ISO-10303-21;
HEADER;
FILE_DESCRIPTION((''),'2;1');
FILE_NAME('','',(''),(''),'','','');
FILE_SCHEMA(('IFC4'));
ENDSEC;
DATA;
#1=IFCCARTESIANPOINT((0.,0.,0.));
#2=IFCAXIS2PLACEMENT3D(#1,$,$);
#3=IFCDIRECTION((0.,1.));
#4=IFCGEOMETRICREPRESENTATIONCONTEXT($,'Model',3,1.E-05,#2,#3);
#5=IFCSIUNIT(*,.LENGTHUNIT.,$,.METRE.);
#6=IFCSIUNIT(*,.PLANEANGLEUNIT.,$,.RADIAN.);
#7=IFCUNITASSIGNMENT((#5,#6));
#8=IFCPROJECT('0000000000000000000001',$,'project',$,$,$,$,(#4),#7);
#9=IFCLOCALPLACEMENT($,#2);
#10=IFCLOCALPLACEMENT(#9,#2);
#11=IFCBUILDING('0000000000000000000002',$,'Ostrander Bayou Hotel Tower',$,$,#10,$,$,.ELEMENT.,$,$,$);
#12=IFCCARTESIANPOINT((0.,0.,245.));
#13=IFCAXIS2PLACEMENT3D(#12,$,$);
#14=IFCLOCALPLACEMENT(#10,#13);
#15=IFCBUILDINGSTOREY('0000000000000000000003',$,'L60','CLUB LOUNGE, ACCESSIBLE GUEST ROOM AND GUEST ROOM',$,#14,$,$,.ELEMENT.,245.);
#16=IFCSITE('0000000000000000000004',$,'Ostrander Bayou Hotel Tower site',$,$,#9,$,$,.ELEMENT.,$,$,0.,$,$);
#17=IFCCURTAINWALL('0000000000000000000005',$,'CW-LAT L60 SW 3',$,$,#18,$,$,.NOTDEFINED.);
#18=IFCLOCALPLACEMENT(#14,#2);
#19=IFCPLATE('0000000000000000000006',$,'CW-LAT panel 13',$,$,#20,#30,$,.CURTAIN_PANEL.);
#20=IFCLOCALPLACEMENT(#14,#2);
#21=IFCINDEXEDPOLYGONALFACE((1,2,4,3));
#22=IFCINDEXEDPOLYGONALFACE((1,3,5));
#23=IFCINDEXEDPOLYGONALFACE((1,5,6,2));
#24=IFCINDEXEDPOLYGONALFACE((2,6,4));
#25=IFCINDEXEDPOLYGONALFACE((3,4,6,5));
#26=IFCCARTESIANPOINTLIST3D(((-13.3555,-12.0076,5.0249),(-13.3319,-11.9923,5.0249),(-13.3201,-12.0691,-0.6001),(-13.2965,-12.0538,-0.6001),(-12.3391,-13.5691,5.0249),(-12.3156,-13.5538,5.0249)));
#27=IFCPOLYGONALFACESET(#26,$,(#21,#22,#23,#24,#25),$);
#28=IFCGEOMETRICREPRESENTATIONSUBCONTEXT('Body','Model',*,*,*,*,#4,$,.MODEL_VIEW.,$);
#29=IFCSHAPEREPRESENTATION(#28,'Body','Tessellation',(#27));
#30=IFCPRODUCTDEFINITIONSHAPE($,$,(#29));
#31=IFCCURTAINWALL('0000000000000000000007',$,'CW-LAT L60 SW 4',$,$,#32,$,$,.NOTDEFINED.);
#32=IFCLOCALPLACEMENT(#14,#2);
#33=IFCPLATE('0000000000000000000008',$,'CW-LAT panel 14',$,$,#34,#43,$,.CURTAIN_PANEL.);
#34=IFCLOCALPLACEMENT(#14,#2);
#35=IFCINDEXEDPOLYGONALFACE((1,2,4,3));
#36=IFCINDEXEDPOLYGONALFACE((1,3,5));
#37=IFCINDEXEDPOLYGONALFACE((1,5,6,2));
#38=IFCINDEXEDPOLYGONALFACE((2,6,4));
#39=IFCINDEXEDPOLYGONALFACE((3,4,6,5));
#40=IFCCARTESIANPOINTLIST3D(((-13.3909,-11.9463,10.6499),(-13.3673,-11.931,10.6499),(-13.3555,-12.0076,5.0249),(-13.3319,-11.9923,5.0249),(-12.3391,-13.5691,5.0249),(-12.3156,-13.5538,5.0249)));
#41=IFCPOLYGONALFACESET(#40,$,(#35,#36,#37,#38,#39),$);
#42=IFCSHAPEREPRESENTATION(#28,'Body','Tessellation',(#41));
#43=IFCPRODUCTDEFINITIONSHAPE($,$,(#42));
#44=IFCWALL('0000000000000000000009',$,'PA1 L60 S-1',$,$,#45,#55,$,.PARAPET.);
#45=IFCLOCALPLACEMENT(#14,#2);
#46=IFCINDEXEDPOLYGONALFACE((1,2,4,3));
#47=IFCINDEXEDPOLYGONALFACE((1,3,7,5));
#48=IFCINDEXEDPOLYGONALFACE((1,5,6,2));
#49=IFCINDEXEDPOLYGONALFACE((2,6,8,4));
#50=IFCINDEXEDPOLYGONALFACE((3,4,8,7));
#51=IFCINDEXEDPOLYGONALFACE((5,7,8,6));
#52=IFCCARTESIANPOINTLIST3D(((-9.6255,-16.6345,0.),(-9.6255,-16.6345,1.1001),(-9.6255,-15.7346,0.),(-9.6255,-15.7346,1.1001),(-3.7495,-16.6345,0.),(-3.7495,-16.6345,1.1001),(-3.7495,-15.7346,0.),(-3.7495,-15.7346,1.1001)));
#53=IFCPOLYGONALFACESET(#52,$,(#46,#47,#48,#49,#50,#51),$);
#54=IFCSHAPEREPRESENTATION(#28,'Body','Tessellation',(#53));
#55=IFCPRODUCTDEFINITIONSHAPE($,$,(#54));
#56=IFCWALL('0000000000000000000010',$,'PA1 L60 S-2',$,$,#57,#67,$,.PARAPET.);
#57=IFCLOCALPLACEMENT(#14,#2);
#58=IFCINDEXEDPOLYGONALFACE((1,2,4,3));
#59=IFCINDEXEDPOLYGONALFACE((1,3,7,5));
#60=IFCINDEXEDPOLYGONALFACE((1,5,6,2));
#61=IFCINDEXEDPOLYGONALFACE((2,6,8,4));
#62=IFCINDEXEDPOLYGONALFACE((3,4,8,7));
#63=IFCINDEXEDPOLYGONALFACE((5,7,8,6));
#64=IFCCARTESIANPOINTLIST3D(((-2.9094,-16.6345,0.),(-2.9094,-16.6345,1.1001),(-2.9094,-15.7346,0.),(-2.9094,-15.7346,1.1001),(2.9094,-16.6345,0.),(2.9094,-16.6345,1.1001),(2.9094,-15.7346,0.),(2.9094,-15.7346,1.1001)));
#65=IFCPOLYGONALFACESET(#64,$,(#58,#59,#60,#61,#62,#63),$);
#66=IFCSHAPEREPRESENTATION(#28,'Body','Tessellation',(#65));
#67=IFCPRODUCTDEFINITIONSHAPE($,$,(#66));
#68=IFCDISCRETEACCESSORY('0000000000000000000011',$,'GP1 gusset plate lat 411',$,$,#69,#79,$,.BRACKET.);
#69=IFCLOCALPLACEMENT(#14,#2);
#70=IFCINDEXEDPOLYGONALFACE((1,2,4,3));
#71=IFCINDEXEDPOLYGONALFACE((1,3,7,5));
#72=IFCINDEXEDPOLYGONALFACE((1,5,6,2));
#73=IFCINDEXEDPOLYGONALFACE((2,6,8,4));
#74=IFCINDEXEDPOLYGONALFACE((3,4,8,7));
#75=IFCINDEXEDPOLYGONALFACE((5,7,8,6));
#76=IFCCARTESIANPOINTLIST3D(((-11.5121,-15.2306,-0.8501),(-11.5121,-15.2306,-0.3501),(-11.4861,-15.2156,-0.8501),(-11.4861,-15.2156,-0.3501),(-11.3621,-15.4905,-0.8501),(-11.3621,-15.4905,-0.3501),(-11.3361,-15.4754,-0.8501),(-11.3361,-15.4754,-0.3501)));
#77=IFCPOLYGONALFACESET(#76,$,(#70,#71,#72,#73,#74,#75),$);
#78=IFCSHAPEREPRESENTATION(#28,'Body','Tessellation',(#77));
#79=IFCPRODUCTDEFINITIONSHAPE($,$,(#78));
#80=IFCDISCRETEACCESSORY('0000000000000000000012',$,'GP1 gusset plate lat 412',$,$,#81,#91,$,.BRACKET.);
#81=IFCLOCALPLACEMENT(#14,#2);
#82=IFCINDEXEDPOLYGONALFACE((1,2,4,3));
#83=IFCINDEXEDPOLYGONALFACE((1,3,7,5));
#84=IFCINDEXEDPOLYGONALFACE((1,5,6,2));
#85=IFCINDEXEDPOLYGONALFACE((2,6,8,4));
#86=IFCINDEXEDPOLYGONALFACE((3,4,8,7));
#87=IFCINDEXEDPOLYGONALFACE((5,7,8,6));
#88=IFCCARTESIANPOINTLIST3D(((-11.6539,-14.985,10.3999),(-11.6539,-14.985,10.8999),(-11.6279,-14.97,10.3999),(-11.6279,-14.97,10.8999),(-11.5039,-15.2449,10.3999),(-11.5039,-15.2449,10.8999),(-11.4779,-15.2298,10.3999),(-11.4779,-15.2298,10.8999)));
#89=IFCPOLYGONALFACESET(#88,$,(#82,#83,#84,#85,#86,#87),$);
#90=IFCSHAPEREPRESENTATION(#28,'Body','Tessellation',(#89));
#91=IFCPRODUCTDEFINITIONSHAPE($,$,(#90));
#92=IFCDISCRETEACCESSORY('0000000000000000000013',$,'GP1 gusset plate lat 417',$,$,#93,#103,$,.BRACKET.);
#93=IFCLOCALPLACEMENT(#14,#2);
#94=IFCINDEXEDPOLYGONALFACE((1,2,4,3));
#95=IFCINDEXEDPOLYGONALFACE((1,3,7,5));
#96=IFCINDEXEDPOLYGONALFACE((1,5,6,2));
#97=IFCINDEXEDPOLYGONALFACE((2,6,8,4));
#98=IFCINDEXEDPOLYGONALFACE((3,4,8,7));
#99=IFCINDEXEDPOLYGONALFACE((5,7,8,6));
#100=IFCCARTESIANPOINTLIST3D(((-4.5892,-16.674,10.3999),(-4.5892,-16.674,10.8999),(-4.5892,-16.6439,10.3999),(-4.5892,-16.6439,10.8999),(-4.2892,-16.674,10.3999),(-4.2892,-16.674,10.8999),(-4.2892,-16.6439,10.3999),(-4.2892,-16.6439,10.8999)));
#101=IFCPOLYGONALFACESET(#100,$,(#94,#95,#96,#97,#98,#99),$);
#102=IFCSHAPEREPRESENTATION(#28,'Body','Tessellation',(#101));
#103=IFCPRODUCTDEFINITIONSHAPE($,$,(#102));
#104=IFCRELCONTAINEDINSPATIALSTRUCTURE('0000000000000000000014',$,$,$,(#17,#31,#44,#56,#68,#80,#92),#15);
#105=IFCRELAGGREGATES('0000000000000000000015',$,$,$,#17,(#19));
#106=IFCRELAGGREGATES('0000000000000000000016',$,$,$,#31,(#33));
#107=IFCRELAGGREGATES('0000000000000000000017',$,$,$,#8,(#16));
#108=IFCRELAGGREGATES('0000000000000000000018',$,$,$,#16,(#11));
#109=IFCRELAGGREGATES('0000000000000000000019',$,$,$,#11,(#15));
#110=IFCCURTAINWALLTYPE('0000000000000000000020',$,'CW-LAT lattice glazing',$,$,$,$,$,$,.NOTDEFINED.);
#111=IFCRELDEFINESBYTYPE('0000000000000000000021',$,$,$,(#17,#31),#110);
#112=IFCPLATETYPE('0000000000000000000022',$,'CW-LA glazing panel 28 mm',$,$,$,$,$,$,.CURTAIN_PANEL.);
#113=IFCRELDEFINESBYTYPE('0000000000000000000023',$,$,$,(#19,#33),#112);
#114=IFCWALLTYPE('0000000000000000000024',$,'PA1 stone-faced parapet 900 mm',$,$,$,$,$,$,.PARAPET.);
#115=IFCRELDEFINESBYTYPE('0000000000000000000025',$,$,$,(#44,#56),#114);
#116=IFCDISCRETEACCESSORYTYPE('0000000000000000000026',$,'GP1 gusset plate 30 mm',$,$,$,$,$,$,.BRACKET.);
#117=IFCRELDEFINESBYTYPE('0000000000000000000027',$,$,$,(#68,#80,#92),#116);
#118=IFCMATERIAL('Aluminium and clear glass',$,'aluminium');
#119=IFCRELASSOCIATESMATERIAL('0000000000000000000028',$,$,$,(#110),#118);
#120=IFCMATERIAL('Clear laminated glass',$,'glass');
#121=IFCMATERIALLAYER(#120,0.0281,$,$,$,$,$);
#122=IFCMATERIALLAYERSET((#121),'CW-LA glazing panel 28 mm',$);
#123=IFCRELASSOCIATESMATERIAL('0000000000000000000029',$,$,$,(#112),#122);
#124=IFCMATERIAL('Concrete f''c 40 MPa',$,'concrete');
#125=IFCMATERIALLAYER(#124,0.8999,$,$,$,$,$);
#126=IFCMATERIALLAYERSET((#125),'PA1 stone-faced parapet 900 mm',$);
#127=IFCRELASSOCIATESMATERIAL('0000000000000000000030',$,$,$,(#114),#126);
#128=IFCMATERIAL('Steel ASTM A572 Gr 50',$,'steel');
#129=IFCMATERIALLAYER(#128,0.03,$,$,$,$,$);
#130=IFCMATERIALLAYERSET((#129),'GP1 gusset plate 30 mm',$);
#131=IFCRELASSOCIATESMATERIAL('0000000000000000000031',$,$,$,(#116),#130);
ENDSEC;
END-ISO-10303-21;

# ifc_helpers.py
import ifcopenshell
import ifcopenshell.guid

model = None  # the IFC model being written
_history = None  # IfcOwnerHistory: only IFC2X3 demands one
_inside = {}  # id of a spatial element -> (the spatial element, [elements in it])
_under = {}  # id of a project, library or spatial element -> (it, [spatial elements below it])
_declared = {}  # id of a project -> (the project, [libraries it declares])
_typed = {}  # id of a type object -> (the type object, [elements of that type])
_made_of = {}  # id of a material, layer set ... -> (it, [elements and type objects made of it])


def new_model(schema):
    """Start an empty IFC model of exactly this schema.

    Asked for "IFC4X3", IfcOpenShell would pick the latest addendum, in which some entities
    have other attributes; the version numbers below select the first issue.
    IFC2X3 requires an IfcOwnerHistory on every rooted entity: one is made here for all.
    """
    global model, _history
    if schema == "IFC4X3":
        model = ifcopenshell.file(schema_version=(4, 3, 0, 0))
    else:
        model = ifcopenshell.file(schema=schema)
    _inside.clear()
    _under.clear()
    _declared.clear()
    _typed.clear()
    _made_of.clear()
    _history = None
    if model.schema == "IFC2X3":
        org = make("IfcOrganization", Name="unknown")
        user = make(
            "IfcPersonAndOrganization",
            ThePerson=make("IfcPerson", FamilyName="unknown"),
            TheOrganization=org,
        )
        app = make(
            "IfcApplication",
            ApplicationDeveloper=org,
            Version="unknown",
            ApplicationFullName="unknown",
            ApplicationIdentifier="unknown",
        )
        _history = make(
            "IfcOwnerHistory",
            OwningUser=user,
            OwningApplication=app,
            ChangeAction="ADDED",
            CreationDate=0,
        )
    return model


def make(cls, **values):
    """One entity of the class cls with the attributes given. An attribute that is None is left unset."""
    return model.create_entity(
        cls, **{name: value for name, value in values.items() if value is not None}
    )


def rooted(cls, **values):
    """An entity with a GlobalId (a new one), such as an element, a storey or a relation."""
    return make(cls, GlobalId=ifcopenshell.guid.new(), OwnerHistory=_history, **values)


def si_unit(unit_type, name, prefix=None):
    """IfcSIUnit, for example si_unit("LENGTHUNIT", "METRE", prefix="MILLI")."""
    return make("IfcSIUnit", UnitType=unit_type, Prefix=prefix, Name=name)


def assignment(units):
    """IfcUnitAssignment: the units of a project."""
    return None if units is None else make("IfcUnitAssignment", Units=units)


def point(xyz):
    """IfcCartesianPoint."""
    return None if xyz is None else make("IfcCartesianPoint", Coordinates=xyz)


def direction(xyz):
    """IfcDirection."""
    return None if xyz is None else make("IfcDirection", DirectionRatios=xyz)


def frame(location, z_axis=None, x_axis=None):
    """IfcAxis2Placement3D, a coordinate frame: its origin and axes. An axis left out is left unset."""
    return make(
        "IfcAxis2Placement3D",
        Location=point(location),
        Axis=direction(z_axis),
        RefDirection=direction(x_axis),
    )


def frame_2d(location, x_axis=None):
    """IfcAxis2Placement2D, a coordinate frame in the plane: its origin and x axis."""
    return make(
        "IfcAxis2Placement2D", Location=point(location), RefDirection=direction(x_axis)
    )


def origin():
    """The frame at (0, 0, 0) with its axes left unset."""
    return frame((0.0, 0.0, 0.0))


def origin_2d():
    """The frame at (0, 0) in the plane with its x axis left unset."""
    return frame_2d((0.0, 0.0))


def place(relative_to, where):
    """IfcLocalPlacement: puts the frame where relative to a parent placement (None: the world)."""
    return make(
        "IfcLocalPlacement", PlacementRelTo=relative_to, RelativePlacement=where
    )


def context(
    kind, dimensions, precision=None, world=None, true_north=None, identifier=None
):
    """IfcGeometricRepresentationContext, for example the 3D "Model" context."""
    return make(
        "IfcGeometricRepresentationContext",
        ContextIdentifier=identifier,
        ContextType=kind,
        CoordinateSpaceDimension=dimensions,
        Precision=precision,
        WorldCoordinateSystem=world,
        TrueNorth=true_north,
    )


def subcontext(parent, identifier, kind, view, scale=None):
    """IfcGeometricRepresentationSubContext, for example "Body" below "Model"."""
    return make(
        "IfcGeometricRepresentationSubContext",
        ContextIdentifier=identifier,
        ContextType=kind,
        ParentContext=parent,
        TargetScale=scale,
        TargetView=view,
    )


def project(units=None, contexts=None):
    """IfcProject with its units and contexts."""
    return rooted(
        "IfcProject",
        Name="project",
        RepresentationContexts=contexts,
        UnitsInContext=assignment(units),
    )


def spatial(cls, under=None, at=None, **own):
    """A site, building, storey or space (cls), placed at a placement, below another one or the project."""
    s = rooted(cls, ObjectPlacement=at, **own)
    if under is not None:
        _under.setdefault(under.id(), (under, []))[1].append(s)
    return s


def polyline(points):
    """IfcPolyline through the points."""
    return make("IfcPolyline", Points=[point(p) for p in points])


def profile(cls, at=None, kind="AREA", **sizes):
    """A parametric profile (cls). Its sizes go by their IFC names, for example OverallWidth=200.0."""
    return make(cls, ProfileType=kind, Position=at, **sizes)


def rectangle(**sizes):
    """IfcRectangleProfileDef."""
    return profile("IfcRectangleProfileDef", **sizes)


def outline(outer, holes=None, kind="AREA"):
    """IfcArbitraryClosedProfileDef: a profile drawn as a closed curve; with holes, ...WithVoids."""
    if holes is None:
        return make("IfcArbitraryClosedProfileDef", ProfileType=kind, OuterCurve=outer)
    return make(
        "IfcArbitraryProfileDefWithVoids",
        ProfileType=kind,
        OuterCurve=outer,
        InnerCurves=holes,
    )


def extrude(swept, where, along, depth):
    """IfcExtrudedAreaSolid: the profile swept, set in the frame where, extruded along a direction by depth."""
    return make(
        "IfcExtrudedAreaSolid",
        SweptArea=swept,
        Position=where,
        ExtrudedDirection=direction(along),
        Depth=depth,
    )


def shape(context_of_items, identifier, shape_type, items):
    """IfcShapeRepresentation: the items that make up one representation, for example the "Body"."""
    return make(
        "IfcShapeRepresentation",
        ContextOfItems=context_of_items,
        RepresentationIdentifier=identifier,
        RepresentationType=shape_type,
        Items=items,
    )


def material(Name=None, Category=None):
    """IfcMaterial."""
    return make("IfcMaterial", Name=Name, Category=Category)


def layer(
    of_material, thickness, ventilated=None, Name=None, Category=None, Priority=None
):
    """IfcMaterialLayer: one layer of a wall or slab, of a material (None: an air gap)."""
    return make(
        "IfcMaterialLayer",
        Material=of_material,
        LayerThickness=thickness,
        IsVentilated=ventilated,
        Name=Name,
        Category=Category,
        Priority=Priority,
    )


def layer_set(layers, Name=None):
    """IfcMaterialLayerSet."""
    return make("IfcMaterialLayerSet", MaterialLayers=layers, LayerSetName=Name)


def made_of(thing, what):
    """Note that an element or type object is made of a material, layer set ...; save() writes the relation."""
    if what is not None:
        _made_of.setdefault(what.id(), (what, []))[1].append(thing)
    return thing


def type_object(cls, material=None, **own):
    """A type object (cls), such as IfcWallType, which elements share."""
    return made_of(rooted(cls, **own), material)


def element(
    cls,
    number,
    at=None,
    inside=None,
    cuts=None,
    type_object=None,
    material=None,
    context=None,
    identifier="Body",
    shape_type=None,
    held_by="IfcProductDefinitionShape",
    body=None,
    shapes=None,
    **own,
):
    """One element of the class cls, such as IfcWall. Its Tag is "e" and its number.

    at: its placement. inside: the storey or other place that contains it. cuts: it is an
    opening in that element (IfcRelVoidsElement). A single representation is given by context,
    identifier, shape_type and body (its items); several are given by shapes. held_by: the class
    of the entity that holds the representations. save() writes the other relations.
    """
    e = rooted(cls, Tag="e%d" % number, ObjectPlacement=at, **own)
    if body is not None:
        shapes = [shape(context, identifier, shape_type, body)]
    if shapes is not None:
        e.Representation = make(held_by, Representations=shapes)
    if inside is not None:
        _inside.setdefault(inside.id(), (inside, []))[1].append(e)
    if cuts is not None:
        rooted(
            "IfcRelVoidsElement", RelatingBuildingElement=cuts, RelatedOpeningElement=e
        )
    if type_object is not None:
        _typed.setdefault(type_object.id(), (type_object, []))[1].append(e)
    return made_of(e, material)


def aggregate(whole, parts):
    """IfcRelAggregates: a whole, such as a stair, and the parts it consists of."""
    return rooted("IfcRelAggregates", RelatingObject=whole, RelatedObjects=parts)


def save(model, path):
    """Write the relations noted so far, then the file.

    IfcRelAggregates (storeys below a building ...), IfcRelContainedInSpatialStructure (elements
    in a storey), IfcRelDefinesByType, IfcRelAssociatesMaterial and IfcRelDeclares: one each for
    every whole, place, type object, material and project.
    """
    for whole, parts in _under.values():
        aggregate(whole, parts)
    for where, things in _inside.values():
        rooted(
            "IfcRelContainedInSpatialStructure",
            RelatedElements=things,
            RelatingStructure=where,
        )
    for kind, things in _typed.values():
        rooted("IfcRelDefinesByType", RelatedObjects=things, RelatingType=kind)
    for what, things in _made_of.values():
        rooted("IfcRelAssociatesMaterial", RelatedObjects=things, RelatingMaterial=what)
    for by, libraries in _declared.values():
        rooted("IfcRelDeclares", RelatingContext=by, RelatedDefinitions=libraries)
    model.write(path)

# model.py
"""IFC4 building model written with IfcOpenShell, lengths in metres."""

from ifc_helpers import new_model, si_unit, direction, frame, frame_2d, origin, origin_2d, place, context, subcontext, project, spatial, polyline, rectangle, outline, extrude, material, layer, layer_set, type_object, element, aggregate, save


model = new_model("IFC4")

# Units and contexts
model_context = context("Model", 3, precision=1e-05, world=origin(), true_north=direction((0.0, 1.0)))
body_context = subcontext(model_context, "Body", "Model", "MODEL_VIEW")
ifc_project = project(units=[si_unit("LENGTHUNIT", "METRE"), si_unit("PLANEANGLEUNIT", "RADIAN")], contexts=[model_context])

# Site, building, storey
site_placement = place(None, origin())
site = spatial("IfcSite", under=ifc_project, at=site_placement, Name="Ostrander Bayou Hotel Tower site", CompositionType="ELEMENT", RefElevation=0.0)
building_placement = place(site_placement, origin())
building = spatial("IfcBuilding", under=site, at=building_placement, Name="Ostrander Bayou Hotel Tower", CompositionType="ELEMENT")
storey_placement = place(building_placement, frame((0.0, 0.0, 245.0)))
storey = spatial("IfcBuildingStorey", under=building, at=storey_placement, Name="L60", Description="CLUB LOUNGE, ACCESSIBLE GUEST ROOM AND GUEST ROOM", CompositionType="ELEMENT", Elevation=245.0)

# Shared definitions
ifc_material_1 = material(Name="Aluminium and clear glass", Category="aluminium")
curtain_wall_type = type_object("IfcCurtainWallType", Name="CW-LAT lattice glazing", PredefinedType="NOTDEFINED", material=ifc_material_1)

# Curtain walls, plates
curtain_wall_1_placement = place(storey_placement, origin())
curtain_wall_1 = element("IfcCurtainWall", 1, at=curtain_wall_1_placement, inside=storey, type_object=curtain_wall_type, Name="CW-LAT L60 SW 3", PredefinedType="NOTDEFINED")
ifc_material_2 = material(Name="Clear laminated glass", Category="glass")
ifc_layer_1 = layer(ifc_material_2, 0.0281)
ifc_layer_set_1 = layer_set([ifc_layer_1], Name="CW-LA glazing panel 28 mm")
plate_type = type_object("IfcPlateType", Name="CW-LA glazing panel 28 mm", PredefinedType="CURTAIN_PANEL", material=ifc_layer_set_1)
plate_1_placement = place(storey_placement, frame((-12.3391, -13.5691, 5.0249), z_axis=(-0.838108, -0.545504, 0.000692), x_axis=(-0.166162, 0.254081, -0.952803)))
plate_1 = element("IfcPlate", 2, at=plate_1_placement, type_object=plate_type, Name="CW-LAT panel 13", PredefinedType="CURTAIN_PANEL", context=body_context, shape_type="SweptSolid", body=[
    extrude(outline(polyline([(0.0, 0.0), (5.9036, 0.0), (0.5656, -1.7752), (0.0, 0.0)])), origin(), (0.0, 0.0, -1.0), 0.0281),
])
aggregate(curtain_wall_1, [plate_1])
curtain_wall_2_placement = place(storey_placement, origin())
curtain_wall_2 = element("IfcCurtainWall", 3, at=curtain_wall_2_placement, inside=storey, type_object=curtain_wall_type, Name="CW-LAT L60 SW 4", PredefinedType="NOTDEFINED")
plate_2_placement = place(storey_placement, frame((-12.3391, -13.5691, 5.0249), z_axis=(-0.838108, -0.545504, 0.000668), x_axis=(-0.176821, 0.272825, 0.945675)))
plate_2 = element("IfcPlate", 4, at=plate_2_placement, type_object=plate_type, Name="CW-LAT panel 14", PredefinedType="CURTAIN_PANEL", context=body_context, shape_type="SweptSolid", body=[
    extrude(outline(polyline([(0.0, 0.0), (5.9481, 0.0), (0.6057, 1.7619), (0.0, 0.0)])), origin(), (0.0, 0.0, -1.0), 0.0281),
])
aggregate(curtain_wall_2, [plate_2])

# Walls
ifc_material_3 = material(Name="Concrete f'c 40 MPa", Category="concrete")
ifc_layer_2 = layer(ifc_material_3, 0.8999)
ifc_layer_set_2 = layer_set([ifc_layer_2], Name="PA1 stone-faced parapet 900 mm")
wall_type = type_object("IfcWallType", Name="PA1 stone-faced parapet 900 mm", PredefinedType="PARAPET", material=ifc_layer_set_2)
wall_1_placement = place(storey_placement, frame((-9.6255, -16.1846, 0.0), z_axis=(0.0, 0.0, 1.0), x_axis=(1.0, 0.0, 0.0)))
element("IfcWall", 5, at=wall_1_placement, inside=storey, type_object=wall_type, Name="PA1 L60 S-1", PredefinedType="PARAPET", context=body_context, shape_type="SweptSolid", body=[
    extrude(rectangle(XDim=5.876, YDim=0.8999, at=frame_2d((2.938, 0.0))), origin(), (0.0, 0.0, 1.0), 1.1001),
])
wall_2_placement = place(storey_placement, frame((-2.9094, -16.1846, 0.0), z_axis=(0.0, 0.0, 1.0), x_axis=(1.0, 0.0, 0.0)))
element("IfcWall", 6, at=wall_2_placement, inside=storey, type_object=wall_type, Name="PA1 L60 S-2", PredefinedType="PARAPET", context=body_context, shape_type="SweptSolid", body=[
    extrude(rectangle(XDim=5.8188, YDim=0.8999, at=frame_2d((2.9094, 0.0))), origin(), (0.0, 0.0, 1.0), 1.1001),
])

# Discrete accessories
ifc_material_4 = material(Name="Steel ASTM A572 Gr 50", Category="steel")
ifc_layer_3 = layer(ifc_material_4, 0.03)
ifc_layer_set_3 = layer_set([ifc_layer_3], Name="GP1 gusset plate 30 mm")
discrete_accessory_type = type_object("IfcDiscreteAccessoryType", Name="GP1 gusset plate 30 mm", PredefinedType="BRACKET", material=ifc_layer_set_3)
for number, where, z_axis, x_axis, name in (
    (7, (-11.4241, -15.353, -0.8501), (0.0, 0.0, 1.0), (0.5, -0.866025, 0.0), "GP1 gusset plate lat 411"),
    (8, (-11.5659, -15.1074, 10.3999), (0.0, 0.0, 1.0), (0.5, -0.866025, 0.0), "GP1 gusset plate lat 412"),
    (9, (-4.4392, -16.6589, 10.3999), (0.0, 0.0, 1.0), (1.0, 0.0, 0.0), "GP1 gusset plate lat 417"),
):
    element("IfcDiscreteAccessory", number, at=place(storey_placement, frame(where, z_axis=z_axis, x_axis=x_axis)), inside=storey, type_object=discrete_accessory_type, Name=name, PredefinedType="BRACKET", context=body_context, shape_type="SweptSolid", body=[
        extrude(rectangle(XDim=0.3, YDim=0.03, at=origin_2d()), origin(), (0.0, 0.0, 1.0), 0.5),
    ])

save(model, "model.ifc")
